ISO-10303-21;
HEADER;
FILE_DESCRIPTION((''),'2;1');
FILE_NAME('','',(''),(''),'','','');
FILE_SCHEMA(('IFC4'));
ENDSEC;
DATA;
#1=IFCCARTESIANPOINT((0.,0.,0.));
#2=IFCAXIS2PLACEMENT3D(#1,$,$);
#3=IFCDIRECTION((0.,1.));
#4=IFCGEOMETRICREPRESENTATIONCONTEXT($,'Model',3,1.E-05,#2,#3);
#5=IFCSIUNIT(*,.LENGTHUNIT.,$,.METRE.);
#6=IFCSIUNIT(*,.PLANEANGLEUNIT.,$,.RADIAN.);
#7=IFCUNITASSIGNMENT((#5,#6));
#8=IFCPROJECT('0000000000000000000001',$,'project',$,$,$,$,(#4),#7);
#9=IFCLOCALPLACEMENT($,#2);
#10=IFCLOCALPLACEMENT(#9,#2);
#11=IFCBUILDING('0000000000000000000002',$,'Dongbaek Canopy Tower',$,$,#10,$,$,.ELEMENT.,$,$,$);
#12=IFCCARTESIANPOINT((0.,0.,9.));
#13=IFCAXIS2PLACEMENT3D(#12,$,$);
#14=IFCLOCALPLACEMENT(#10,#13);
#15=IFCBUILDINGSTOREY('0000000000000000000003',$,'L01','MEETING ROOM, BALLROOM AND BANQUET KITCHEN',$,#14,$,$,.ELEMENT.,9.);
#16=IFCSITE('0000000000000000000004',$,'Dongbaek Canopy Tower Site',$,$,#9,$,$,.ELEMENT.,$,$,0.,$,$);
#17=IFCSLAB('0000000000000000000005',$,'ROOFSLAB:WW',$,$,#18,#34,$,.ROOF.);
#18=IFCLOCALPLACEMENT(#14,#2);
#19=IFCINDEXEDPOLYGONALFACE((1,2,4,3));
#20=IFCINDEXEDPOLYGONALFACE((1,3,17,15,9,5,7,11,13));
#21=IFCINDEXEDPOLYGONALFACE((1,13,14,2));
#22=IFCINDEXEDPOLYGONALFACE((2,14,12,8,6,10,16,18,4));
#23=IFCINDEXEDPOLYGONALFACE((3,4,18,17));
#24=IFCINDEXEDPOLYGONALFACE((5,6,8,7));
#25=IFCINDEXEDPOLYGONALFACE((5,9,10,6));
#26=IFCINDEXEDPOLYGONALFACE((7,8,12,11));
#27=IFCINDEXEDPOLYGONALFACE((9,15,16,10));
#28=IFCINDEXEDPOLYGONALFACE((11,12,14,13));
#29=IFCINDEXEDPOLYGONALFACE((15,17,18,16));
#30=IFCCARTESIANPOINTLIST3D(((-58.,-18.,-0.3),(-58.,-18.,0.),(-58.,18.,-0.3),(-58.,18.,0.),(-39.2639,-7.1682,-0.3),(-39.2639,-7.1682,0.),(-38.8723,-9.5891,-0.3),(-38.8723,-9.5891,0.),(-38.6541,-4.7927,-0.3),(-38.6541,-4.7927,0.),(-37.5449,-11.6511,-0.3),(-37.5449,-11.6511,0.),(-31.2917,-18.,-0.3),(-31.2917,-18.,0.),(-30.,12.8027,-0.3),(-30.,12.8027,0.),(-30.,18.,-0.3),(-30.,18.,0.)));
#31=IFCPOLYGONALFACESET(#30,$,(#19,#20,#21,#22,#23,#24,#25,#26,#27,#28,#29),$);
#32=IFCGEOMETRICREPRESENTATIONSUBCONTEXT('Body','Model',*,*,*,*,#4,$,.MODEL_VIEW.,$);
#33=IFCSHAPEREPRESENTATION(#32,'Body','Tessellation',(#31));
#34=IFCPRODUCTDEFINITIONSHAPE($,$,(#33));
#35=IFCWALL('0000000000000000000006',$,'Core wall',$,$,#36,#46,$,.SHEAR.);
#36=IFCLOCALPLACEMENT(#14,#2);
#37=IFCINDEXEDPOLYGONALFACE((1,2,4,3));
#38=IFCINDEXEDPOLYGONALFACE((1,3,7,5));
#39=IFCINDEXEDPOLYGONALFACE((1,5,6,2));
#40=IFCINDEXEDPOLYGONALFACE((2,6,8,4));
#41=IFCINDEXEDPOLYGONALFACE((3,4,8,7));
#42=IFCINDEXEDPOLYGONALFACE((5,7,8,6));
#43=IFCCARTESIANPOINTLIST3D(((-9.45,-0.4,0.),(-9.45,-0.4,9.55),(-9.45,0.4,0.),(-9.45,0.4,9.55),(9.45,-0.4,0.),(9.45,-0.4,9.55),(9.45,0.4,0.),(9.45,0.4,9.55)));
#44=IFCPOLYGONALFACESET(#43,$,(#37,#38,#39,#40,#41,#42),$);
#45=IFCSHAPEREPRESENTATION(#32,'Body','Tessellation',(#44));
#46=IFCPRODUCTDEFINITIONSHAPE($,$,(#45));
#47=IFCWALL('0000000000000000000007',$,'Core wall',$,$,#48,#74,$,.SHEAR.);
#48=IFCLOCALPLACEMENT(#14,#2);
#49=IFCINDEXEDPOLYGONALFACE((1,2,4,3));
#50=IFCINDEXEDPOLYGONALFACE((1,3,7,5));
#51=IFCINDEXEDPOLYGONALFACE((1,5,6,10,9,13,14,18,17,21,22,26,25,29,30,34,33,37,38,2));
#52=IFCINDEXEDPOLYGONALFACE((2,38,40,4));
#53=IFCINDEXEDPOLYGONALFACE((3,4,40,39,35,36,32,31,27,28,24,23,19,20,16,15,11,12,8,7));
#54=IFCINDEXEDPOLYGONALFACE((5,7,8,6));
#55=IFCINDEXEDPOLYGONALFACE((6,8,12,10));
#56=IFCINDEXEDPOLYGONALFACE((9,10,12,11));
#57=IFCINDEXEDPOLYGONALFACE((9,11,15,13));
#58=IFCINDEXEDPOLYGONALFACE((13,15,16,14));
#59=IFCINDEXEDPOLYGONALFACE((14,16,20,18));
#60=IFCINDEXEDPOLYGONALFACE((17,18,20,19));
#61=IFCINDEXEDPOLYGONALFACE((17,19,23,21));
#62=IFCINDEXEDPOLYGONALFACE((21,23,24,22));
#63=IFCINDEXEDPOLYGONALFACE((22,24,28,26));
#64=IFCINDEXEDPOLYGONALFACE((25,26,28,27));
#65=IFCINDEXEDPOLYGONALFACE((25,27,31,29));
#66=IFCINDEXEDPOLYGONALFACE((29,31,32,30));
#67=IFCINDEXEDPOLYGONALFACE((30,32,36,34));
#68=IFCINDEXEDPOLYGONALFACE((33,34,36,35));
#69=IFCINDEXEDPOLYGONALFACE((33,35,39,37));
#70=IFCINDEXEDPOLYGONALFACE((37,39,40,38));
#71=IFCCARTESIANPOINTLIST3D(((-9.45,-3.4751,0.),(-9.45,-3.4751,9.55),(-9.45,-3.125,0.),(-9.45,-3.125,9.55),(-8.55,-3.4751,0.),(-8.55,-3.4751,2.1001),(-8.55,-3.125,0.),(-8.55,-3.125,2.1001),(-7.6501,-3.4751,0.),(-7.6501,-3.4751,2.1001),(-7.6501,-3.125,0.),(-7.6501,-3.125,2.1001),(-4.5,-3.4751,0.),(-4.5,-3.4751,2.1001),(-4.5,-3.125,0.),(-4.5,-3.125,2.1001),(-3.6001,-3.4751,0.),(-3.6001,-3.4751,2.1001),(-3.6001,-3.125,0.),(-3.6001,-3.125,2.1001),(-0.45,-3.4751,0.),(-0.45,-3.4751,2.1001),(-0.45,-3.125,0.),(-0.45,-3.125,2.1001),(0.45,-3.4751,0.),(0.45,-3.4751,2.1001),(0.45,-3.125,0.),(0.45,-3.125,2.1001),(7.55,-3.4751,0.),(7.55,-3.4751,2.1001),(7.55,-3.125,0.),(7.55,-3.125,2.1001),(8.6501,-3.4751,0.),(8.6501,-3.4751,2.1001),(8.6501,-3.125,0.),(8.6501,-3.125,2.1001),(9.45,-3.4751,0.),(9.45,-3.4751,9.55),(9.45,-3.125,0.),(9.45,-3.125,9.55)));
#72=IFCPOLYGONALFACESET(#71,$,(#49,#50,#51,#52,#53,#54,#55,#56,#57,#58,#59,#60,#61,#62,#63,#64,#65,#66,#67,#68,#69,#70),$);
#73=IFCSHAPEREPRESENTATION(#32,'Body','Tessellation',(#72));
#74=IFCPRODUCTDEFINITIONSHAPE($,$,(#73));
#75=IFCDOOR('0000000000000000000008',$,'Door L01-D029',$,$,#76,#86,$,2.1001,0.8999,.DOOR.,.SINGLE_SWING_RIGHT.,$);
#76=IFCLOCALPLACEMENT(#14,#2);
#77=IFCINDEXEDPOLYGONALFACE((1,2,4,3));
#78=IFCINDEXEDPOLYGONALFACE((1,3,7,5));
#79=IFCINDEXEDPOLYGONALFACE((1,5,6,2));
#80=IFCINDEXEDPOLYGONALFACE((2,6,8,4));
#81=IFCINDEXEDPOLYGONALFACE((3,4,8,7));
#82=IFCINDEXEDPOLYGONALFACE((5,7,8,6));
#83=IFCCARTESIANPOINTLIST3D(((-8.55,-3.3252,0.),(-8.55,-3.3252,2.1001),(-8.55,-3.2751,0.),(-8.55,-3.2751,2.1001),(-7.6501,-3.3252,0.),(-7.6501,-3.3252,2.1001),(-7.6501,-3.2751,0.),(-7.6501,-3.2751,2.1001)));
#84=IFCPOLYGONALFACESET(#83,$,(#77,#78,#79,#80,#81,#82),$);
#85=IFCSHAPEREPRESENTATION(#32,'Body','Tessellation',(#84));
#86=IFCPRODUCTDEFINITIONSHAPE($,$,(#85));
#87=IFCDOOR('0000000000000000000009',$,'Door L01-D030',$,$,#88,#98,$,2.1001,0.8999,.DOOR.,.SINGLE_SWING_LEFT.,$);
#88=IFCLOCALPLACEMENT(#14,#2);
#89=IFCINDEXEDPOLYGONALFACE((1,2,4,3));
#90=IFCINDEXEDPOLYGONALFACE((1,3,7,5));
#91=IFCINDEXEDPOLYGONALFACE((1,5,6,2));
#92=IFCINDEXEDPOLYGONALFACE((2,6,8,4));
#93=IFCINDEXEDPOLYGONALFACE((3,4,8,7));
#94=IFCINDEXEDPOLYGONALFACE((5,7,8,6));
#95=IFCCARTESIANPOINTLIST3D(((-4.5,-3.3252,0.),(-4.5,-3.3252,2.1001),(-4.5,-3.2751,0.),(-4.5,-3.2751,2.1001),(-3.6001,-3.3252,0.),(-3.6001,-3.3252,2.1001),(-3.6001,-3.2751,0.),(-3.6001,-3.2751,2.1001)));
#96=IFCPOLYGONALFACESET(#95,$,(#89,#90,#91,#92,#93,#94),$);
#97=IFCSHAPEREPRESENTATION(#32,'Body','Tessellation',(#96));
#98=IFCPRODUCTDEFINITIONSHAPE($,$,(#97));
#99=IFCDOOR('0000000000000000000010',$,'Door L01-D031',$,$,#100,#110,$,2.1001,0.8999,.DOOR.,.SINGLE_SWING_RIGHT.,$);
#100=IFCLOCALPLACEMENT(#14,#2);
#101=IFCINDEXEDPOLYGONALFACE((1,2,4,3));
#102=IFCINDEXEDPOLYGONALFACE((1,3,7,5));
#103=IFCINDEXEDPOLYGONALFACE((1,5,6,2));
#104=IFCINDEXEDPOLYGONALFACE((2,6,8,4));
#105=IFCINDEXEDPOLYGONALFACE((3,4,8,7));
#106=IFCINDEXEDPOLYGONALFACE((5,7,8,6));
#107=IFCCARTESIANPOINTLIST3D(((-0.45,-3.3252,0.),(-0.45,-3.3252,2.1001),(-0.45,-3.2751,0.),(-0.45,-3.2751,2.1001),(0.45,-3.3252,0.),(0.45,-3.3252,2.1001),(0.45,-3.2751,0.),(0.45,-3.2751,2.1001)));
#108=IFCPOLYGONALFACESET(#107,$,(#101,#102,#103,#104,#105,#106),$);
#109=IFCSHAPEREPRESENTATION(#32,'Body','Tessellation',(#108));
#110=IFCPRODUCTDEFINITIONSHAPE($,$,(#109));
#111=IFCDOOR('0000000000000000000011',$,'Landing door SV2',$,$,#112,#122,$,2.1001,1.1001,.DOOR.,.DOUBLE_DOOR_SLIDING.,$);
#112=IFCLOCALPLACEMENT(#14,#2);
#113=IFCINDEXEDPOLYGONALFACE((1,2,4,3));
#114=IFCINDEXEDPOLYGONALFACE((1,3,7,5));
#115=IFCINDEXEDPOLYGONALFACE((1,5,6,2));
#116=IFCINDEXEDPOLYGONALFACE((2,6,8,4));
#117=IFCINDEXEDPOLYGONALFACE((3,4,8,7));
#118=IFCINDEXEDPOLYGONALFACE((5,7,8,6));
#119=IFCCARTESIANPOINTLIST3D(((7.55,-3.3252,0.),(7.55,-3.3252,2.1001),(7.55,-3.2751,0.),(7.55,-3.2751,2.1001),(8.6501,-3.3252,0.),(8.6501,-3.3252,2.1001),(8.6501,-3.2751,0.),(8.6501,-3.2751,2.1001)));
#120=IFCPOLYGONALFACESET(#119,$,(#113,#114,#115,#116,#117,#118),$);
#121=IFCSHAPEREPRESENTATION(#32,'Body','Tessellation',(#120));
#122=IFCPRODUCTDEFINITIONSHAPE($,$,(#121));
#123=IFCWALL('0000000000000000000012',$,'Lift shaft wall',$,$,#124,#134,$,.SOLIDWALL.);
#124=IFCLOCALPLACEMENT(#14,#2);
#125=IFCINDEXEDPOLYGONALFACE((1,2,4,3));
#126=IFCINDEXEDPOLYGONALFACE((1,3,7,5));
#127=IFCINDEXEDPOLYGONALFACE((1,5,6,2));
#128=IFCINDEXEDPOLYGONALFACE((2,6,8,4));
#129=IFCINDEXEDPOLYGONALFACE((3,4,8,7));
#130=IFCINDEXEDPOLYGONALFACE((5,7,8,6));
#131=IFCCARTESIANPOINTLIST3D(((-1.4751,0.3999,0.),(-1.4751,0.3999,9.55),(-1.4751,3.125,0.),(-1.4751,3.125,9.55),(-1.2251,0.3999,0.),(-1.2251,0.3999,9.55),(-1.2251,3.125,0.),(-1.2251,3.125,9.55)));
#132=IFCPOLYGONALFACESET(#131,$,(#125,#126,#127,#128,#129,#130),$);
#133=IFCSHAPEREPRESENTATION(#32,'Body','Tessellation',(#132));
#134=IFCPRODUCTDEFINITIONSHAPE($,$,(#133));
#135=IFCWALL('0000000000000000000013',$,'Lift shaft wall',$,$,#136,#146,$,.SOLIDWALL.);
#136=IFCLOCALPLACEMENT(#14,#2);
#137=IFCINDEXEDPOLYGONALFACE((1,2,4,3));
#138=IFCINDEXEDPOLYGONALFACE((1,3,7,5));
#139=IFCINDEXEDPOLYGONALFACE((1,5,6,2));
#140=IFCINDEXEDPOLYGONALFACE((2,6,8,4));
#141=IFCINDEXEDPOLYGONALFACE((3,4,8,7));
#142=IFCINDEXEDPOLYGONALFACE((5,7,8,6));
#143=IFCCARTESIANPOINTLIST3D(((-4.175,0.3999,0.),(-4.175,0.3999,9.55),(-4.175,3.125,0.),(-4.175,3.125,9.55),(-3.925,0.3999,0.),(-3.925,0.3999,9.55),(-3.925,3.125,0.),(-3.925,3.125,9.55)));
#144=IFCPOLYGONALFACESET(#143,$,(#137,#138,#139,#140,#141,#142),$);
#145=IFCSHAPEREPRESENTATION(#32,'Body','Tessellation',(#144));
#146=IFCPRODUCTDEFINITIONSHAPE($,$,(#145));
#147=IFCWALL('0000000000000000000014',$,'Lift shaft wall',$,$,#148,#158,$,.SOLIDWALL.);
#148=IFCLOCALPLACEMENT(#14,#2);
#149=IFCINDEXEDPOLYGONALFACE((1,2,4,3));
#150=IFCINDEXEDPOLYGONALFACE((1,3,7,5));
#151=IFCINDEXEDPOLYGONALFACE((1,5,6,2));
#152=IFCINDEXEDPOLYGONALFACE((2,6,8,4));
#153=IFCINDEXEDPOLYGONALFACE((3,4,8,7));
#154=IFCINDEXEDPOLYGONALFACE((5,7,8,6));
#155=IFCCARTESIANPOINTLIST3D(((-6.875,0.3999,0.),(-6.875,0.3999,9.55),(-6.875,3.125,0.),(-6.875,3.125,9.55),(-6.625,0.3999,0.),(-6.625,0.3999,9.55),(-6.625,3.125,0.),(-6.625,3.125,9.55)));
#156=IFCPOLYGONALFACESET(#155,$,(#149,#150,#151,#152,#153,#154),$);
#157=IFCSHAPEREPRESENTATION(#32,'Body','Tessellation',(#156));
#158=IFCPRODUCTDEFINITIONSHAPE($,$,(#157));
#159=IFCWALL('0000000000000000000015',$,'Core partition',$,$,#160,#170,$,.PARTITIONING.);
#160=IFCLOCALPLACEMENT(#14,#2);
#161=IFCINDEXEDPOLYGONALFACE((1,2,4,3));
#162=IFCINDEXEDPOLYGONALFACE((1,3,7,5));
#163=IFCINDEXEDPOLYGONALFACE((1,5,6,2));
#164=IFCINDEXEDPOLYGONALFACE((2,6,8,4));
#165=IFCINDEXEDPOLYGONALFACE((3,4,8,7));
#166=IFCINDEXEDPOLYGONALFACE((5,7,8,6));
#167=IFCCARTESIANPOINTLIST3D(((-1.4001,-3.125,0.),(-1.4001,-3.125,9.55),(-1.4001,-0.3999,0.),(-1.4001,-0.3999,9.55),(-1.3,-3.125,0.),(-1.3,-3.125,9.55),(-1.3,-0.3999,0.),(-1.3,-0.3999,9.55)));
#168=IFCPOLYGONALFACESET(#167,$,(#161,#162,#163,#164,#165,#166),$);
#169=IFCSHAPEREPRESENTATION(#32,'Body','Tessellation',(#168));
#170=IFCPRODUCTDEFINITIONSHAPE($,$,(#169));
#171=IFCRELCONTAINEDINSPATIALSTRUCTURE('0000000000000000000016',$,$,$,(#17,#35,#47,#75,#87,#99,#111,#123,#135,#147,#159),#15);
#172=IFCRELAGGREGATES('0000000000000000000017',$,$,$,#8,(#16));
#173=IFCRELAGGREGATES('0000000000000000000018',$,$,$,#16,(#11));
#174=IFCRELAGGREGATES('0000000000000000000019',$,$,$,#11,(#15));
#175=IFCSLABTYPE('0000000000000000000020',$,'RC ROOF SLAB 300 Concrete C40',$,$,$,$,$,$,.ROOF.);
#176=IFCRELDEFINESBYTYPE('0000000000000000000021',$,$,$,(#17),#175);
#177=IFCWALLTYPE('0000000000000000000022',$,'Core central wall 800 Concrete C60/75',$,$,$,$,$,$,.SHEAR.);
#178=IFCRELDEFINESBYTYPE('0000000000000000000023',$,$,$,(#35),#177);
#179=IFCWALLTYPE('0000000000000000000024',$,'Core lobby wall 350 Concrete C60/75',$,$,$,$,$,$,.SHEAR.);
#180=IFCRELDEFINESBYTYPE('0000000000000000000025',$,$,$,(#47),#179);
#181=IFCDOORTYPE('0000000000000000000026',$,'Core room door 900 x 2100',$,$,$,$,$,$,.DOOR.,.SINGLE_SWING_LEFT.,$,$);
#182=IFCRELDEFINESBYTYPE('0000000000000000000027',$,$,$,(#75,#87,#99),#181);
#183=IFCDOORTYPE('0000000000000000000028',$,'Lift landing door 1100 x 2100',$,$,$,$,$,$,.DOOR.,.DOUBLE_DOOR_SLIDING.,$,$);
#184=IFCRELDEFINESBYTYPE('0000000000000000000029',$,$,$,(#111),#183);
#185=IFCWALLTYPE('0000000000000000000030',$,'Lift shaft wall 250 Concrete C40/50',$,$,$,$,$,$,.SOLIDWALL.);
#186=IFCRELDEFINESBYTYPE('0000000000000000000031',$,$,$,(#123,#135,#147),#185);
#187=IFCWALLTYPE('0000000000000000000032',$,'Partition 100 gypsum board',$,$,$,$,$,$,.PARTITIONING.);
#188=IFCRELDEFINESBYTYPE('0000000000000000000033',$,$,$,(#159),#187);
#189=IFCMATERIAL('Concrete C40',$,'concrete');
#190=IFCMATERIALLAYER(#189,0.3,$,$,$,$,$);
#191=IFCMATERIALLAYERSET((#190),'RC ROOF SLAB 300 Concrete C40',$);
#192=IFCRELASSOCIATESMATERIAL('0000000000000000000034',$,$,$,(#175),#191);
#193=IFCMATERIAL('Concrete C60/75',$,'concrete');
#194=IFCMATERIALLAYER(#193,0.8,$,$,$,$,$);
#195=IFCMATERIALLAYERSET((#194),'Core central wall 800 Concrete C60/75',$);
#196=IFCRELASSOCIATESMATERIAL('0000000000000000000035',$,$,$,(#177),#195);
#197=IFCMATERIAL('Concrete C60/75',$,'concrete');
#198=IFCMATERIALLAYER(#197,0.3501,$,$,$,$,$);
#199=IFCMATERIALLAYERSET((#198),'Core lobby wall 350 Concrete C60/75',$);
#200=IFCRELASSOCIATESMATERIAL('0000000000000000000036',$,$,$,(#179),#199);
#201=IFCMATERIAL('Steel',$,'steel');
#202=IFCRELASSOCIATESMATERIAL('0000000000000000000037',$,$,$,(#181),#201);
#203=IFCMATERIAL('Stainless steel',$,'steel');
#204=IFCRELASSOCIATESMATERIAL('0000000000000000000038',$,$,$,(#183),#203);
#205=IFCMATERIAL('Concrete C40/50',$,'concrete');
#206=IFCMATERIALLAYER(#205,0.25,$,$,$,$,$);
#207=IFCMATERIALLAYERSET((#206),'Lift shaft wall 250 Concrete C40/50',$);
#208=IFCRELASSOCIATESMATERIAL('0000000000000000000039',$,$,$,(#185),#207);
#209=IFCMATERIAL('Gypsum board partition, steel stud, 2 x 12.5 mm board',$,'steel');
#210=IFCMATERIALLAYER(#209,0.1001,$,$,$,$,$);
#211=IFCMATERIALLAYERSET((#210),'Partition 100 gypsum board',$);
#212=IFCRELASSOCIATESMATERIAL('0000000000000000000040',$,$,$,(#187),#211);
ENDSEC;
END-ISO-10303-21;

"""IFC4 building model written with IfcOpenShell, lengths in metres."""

from ifc_helpers import new_model, si_unit, direction, frame, frame_2d, origin, place, context, subcontext, project, spatial, polyline, rectangle, outline, extrude, material, layer, layer_set, type_object, element, fill, save


model = new_model("IFC4")

# Units and contexts
model_context = context("Model", 3, precision=1e-05, world=origin(), true_north=direction((0.0, 1.0)))
body_context = subcontext(model_context, "Body", "Model", "MODEL_VIEW")
ifc_project = project(units=[si_unit("LENGTHUNIT", "METRE"), si_unit("PLANEANGLEUNIT", "RADIAN")], contexts=[model_context])

# Site, building, storey
site_placement = place(None, origin())
site = spatial("IfcSite", under=ifc_project, at=site_placement, Name="Dongbaek Canopy Tower Site", CompositionType="ELEMENT", RefElevation=0.0)
building_placement = place(site_placement, origin())
building = spatial("IfcBuilding", under=site, at=building_placement, Name="Dongbaek Canopy Tower", CompositionType="ELEMENT")
storey_placement = place(building_placement, frame((0.0, 0.0, 9.0)))
storey = spatial("IfcBuildingStorey", under=building, at=storey_placement, Name="L01", Description="MEETING ROOM, BALLROOM AND BANQUET KITCHEN", CompositionType="ELEMENT", Elevation=9.0)

# Slab
ifc_material_1 = material(Name="Concrete C40", Category="concrete")
ifc_layer_1 = layer(ifc_material_1, 0.3)
ifc_layer_set_1 = layer_set([ifc_layer_1], Name="RC ROOF SLAB 300 Concrete C40")
slab_type_1 = type_object("IfcSlabType", Name="RC ROOF SLAB 300 Concrete C40", PredefinedType="ROOF", material=ifc_layer_set_1)
slab_1_placement = place(storey_placement, frame((0.0, 0.0, -0.3)))
element("IfcSlab", 1, at=slab_1_placement, inside=storey, type_object=slab_type_1, Name="ROOFSLAB:WW", PredefinedType="ROOF", context=body_context, shape_type="SweptSolid", body=[
    extrude(outline(polyline([(-58.0, -18.0), (-58.0, 18.0), (-30.0, 18.0), (-30.0, 12.8027), (-38.6541, -4.7927), (-39.2639, -7.1682), (-38.8723, -9.5891), (-37.5449, -11.6511), (-31.2917, -18.0), (-58.0, -18.0)])), origin(), (0.0, 0.0, 1.0), 0.3),
])

# Wall
ifc_material_2 = material(Name="Concrete C60/75", Category="concrete")
ifc_layer_2 = layer(ifc_material_2, 0.8)
ifc_layer_set_2 = layer_set([ifc_layer_2], Name="Core central wall 800 Concrete C60/75")
wall_type_1 = type_object("IfcWallType", Name="Core central wall 800 Concrete C60/75", PredefinedType="SHEAR", material=ifc_layer_set_2)
wall_1_placement = place(storey_placement, frame((-9.45, 0.0, 0.0), z_axis=(0.0, 0.0, 1.0), x_axis=(1.0, 0.0, 0.0)))
element("IfcWall", 2, at=wall_1_placement, inside=storey, type_object=wall_type_1, Name="Core wall", PredefinedType="SHEAR", context=body_context, shape_type="SweptSolid", body=[
    extrude(rectangle(XDim=18.8999, YDim=0.8, at=frame_2d((9.45, 0.0))), origin(), (0.0, 0.0, 1.0), 9.55),
])

# Wall, openings, doors
ifc_material_3 = material(Name="Concrete C60/75", Category="concrete")
ifc_layer_3 = layer(ifc_material_3, 0.3501)
ifc_layer_set_3 = layer_set([ifc_layer_3], Name="Core lobby wall 350 Concrete C60/75")
wall_type_2 = type_object("IfcWallType", Name="Core lobby wall 350 Concrete C60/75", PredefinedType="SHEAR", material=ifc_layer_set_3)
wall_2_placement = place(storey_placement, frame((-9.45, -3.3, 0.0), z_axis=(0.0, 0.0, 1.0), x_axis=(1.0, 0.0, 0.0)))
wall_2 = element("IfcWall", 3, at=wall_2_placement, inside=storey, type_object=wall_type_2, Name="Core wall", PredefinedType="SHEAR", context=body_context, shape_type="SweptSolid", body=[
    extrude(rectangle(XDim=18.8999, YDim=0.3501, at=frame_2d((9.45, 0.0))), origin(), (0.0, 0.0, 1.0), 9.55),
])
opening_1_placement = place(wall_2_placement, frame((17.0, 0.0, 0.0)))
opening_1 = element("IfcOpeningElement", 4, at=opening_1_placement, cuts=wall_2, PredefinedType="OPENING", context=body_context, shape_type="SweptSolid", body=[
    extrude(rectangle(XDim=1.1001, YDim=2.1001, at=frame_2d((0.55, 1.05))), frame((0.0, 0.1851, 0.0), z_axis=(0.0, -1.0, 0.0), x_axis=(1.0, 0.0, 0.0)), (0.0, 0.0, 1.0), 0.3701),
])
opening_2_placement = place(wall_2_placement, frame((0.8999, 0.0, 0.0)))
opening_2 = element("IfcOpeningElement", 5, at=opening_2_placement, cuts=wall_2, PredefinedType="OPENING", context=body_context, shape_type="SweptSolid", body=[
    extrude(rectangle(XDim=0.8999, YDim=2.1001, at=frame_2d((0.45, 1.05))), frame((0.0, 0.1851, 0.0), z_axis=(0.0, -1.0, 0.0), x_axis=(1.0, 0.0, 0.0)), (0.0, 0.0, 1.0), 0.3701),
])
opening_3_placement = place(wall_2_placement, frame((4.95, 0.0, 0.0)))
opening_3 = element("IfcOpeningElement", 6, at=opening_3_placement, cuts=wall_2, PredefinedType="OPENING", context=body_context, shape_type="SweptSolid", body=[
    extrude(rectangle(XDim=0.8999, YDim=2.1001, at=frame_2d((0.45, 1.05))), frame((0.0, 0.1851, 0.0), z_axis=(0.0, -1.0, 0.0), x_axis=(1.0, 0.0, 0.0)), (0.0, 0.0, 1.0), 0.3701),
])
opening_4_placement = place(wall_2_placement, frame((9.0, 0.0, 0.0)))
opening_4 = element("IfcOpeningElement", 7, at=opening_4_placement, cuts=wall_2, PredefinedType="OPENING", context=body_context, shape_type="SweptSolid", body=[
    extrude(rectangle(XDim=0.8999, YDim=2.1001, at=frame_2d((0.45, 1.05))), frame((0.0, 0.1851, 0.0), z_axis=(0.0, -1.0, 0.0), x_axis=(1.0, 0.0, 0.0)), (0.0, 0.0, 1.0), 0.3701),
])
ifc_material_4 = material(Name="Steel", Category="steel")
door_type_1 = type_object("IfcDoorType", Name="Core room door 900 x 2100", OperationType="SINGLE_SWING_LEFT", PredefinedType="DOOR", material=ifc_material_4)
door_1_placement = place(opening_2_placement, origin())
door_1 = element("IfcDoor", 8, at=door_1_placement, inside=storey, type_object=door_type_1, Name="Door L01-D029", OperationType="SINGLE_SWING_RIGHT", OverallHeight=2.1001, OverallWidth=0.8999, PredefinedType="DOOR", context=body_context, shape_type="SweptSolid", body=[
    extrude(rectangle(XDim=0.8999, YDim=2.1001, at=frame_2d((0.45, 1.05))), frame((0.0, 0.0249, 0.0), z_axis=(0.0, -1.0, 0.0), x_axis=(1.0, 0.0, 0.0)), (0.0, 0.0, 1.0), 0.05),
])
fill(opening_2, door_1)
door_2_placement = place(opening_3_placement, origin())
door_2 = element("IfcDoor", 9, at=door_2_placement, inside=storey, type_object=door_type_1, Name="Door L01-D030", OperationType="SINGLE_SWING_LEFT", OverallHeight=2.1001, OverallWidth=0.8999, PredefinedType="DOOR", context=body_context, shape_type="SweptSolid", body=[
    extrude(rectangle(XDim=0.8999, YDim=2.1001, at=frame_2d((0.45, 1.05))), frame((0.0, 0.0249, 0.0), z_axis=(0.0, -1.0, 0.0), x_axis=(1.0, 0.0, 0.0)), (0.0, 0.0, 1.0), 0.05),
])
fill(opening_3, door_2)
door_3_placement = place(opening_4_placement, origin())
door_3 = element("IfcDoor", 10, at=door_3_placement, inside=storey, type_object=door_type_1, Name="Door L01-D031", OperationType="SINGLE_SWING_RIGHT", OverallHeight=2.1001, OverallWidth=0.8999, PredefinedType="DOOR", context=body_context, shape_type="SweptSolid", body=[
    extrude(rectangle(XDim=0.8999, YDim=2.1001, at=frame_2d((0.45, 1.05))), frame((0.0, 0.0249, 0.0), z_axis=(0.0, -1.0, 0.0), x_axis=(1.0, 0.0, 0.0)), (0.0, 0.0, 1.0), 0.05),
])
fill(opening_4, door_3)
ifc_material_5 = material(Name="Stainless steel", Category="steel")
door_type_2 = type_object("IfcDoorType", Name="Lift landing door 1100 x 2100", OperationType="DOUBLE_DOOR_SLIDING", PredefinedType="DOOR", material=ifc_material_5)
door_4_placement = place(opening_1_placement, origin())
door_4 = element("IfcDoor", 11, at=door_4_placement, inside=storey, type_object=door_type_2, Name="Landing door SV2", OperationType="DOUBLE_DOOR_SLIDING", OverallHeight=2.1001, OverallWidth=1.1001, PredefinedType="DOOR", context=body_context, shape_type="SweptSolid", body=[
    extrude(rectangle(XDim=1.1001, YDim=2.1001, at=frame_2d((0.55, 1.05))), frame((0.0, 0.0249, 0.0), z_axis=(0.0, -1.0, 0.0), x_axis=(1.0, 0.0, 0.0)), (0.0, 0.0, 1.0), 0.05),
])
fill(opening_1, door_4)

# Walls
ifc_material_6 = material(Name="Concrete C40/50", Category="concrete")
ifc_layer_4 = layer(ifc_material_6, 0.25)
ifc_layer_set_4 = layer_set([ifc_layer_4], Name="Lift shaft wall 250 Concrete C40/50")
wall_type_3 = type_object("IfcWallType", Name="Lift shaft wall 250 Concrete C40/50", PredefinedType="SOLIDWALL", material=ifc_layer_set_4)
for number, where, z_axis, x_axis, name in (
    (12, (-1.3501, 0.3999, 0.0), (0.0, 0.0, 1.0), (0.0, 1.0, 0.0), "Lift shaft wall"),
    (13, (-4.05, 0.3999, 0.0), (0.0, 0.0, 1.0), (0.0, 1.0, 0.0), "Lift shaft wall"),
    (14, (-6.75, 0.3999, 0.0), (0.0, 0.0, 1.0), (0.0, 1.0, 0.0), "Lift shaft wall"),
):
    element("IfcWall", number, at=place(storey_placement, frame(where, z_axis=z_axis, x_axis=x_axis)), inside=storey, type_object=wall_type_3, Name=name, PredefinedType="SOLIDWALL", context=body_context, shape_type="SweptSolid", body=[
        extrude(rectangle(XDim=2.7251, YDim=0.25, at=frame_2d((1.3625, 0.0))), origin(), (0.0, 0.0, 1.0), 9.55),
    ])
ifc_material_7 = material(Name="Gypsum board partition, steel stud, 2 x 12.5 mm board", Category="steel")
ifc_layer_5 = layer(ifc_material_7, 0.1001)
ifc_layer_set_5 = layer_set([ifc_layer_5], Name="Partition 100 gypsum board")
wall_type_4 = type_object("IfcWallType", Name="Partition 100 gypsum board", PredefinedType="PARTITIONING", material=ifc_layer_set_5)
for number, where, z_axis, x_axis, name in (
    (15, (-1.3501, -3.125, 0.0), (0.0, 0.0, 1.0), (0.0, 1.0, 0.0), "Core partition"),
):
    element("IfcWall", number, at=place(storey_placement, frame(where, z_axis=z_axis, x_axis=x_axis)), inside=storey, type_object=wall_type_4, Name=name, PredefinedType="PARTITIONING", context=body_context, shape_type="SweptSolid", body=[
        extrude(rectangle(XDim=2.7251, YDim=0.1001, at=frame_2d((1.3625, 0.0))), origin(), (0.0, 0.0, 1.0), 9.55),
    ])

save(model, "model.ifc")
